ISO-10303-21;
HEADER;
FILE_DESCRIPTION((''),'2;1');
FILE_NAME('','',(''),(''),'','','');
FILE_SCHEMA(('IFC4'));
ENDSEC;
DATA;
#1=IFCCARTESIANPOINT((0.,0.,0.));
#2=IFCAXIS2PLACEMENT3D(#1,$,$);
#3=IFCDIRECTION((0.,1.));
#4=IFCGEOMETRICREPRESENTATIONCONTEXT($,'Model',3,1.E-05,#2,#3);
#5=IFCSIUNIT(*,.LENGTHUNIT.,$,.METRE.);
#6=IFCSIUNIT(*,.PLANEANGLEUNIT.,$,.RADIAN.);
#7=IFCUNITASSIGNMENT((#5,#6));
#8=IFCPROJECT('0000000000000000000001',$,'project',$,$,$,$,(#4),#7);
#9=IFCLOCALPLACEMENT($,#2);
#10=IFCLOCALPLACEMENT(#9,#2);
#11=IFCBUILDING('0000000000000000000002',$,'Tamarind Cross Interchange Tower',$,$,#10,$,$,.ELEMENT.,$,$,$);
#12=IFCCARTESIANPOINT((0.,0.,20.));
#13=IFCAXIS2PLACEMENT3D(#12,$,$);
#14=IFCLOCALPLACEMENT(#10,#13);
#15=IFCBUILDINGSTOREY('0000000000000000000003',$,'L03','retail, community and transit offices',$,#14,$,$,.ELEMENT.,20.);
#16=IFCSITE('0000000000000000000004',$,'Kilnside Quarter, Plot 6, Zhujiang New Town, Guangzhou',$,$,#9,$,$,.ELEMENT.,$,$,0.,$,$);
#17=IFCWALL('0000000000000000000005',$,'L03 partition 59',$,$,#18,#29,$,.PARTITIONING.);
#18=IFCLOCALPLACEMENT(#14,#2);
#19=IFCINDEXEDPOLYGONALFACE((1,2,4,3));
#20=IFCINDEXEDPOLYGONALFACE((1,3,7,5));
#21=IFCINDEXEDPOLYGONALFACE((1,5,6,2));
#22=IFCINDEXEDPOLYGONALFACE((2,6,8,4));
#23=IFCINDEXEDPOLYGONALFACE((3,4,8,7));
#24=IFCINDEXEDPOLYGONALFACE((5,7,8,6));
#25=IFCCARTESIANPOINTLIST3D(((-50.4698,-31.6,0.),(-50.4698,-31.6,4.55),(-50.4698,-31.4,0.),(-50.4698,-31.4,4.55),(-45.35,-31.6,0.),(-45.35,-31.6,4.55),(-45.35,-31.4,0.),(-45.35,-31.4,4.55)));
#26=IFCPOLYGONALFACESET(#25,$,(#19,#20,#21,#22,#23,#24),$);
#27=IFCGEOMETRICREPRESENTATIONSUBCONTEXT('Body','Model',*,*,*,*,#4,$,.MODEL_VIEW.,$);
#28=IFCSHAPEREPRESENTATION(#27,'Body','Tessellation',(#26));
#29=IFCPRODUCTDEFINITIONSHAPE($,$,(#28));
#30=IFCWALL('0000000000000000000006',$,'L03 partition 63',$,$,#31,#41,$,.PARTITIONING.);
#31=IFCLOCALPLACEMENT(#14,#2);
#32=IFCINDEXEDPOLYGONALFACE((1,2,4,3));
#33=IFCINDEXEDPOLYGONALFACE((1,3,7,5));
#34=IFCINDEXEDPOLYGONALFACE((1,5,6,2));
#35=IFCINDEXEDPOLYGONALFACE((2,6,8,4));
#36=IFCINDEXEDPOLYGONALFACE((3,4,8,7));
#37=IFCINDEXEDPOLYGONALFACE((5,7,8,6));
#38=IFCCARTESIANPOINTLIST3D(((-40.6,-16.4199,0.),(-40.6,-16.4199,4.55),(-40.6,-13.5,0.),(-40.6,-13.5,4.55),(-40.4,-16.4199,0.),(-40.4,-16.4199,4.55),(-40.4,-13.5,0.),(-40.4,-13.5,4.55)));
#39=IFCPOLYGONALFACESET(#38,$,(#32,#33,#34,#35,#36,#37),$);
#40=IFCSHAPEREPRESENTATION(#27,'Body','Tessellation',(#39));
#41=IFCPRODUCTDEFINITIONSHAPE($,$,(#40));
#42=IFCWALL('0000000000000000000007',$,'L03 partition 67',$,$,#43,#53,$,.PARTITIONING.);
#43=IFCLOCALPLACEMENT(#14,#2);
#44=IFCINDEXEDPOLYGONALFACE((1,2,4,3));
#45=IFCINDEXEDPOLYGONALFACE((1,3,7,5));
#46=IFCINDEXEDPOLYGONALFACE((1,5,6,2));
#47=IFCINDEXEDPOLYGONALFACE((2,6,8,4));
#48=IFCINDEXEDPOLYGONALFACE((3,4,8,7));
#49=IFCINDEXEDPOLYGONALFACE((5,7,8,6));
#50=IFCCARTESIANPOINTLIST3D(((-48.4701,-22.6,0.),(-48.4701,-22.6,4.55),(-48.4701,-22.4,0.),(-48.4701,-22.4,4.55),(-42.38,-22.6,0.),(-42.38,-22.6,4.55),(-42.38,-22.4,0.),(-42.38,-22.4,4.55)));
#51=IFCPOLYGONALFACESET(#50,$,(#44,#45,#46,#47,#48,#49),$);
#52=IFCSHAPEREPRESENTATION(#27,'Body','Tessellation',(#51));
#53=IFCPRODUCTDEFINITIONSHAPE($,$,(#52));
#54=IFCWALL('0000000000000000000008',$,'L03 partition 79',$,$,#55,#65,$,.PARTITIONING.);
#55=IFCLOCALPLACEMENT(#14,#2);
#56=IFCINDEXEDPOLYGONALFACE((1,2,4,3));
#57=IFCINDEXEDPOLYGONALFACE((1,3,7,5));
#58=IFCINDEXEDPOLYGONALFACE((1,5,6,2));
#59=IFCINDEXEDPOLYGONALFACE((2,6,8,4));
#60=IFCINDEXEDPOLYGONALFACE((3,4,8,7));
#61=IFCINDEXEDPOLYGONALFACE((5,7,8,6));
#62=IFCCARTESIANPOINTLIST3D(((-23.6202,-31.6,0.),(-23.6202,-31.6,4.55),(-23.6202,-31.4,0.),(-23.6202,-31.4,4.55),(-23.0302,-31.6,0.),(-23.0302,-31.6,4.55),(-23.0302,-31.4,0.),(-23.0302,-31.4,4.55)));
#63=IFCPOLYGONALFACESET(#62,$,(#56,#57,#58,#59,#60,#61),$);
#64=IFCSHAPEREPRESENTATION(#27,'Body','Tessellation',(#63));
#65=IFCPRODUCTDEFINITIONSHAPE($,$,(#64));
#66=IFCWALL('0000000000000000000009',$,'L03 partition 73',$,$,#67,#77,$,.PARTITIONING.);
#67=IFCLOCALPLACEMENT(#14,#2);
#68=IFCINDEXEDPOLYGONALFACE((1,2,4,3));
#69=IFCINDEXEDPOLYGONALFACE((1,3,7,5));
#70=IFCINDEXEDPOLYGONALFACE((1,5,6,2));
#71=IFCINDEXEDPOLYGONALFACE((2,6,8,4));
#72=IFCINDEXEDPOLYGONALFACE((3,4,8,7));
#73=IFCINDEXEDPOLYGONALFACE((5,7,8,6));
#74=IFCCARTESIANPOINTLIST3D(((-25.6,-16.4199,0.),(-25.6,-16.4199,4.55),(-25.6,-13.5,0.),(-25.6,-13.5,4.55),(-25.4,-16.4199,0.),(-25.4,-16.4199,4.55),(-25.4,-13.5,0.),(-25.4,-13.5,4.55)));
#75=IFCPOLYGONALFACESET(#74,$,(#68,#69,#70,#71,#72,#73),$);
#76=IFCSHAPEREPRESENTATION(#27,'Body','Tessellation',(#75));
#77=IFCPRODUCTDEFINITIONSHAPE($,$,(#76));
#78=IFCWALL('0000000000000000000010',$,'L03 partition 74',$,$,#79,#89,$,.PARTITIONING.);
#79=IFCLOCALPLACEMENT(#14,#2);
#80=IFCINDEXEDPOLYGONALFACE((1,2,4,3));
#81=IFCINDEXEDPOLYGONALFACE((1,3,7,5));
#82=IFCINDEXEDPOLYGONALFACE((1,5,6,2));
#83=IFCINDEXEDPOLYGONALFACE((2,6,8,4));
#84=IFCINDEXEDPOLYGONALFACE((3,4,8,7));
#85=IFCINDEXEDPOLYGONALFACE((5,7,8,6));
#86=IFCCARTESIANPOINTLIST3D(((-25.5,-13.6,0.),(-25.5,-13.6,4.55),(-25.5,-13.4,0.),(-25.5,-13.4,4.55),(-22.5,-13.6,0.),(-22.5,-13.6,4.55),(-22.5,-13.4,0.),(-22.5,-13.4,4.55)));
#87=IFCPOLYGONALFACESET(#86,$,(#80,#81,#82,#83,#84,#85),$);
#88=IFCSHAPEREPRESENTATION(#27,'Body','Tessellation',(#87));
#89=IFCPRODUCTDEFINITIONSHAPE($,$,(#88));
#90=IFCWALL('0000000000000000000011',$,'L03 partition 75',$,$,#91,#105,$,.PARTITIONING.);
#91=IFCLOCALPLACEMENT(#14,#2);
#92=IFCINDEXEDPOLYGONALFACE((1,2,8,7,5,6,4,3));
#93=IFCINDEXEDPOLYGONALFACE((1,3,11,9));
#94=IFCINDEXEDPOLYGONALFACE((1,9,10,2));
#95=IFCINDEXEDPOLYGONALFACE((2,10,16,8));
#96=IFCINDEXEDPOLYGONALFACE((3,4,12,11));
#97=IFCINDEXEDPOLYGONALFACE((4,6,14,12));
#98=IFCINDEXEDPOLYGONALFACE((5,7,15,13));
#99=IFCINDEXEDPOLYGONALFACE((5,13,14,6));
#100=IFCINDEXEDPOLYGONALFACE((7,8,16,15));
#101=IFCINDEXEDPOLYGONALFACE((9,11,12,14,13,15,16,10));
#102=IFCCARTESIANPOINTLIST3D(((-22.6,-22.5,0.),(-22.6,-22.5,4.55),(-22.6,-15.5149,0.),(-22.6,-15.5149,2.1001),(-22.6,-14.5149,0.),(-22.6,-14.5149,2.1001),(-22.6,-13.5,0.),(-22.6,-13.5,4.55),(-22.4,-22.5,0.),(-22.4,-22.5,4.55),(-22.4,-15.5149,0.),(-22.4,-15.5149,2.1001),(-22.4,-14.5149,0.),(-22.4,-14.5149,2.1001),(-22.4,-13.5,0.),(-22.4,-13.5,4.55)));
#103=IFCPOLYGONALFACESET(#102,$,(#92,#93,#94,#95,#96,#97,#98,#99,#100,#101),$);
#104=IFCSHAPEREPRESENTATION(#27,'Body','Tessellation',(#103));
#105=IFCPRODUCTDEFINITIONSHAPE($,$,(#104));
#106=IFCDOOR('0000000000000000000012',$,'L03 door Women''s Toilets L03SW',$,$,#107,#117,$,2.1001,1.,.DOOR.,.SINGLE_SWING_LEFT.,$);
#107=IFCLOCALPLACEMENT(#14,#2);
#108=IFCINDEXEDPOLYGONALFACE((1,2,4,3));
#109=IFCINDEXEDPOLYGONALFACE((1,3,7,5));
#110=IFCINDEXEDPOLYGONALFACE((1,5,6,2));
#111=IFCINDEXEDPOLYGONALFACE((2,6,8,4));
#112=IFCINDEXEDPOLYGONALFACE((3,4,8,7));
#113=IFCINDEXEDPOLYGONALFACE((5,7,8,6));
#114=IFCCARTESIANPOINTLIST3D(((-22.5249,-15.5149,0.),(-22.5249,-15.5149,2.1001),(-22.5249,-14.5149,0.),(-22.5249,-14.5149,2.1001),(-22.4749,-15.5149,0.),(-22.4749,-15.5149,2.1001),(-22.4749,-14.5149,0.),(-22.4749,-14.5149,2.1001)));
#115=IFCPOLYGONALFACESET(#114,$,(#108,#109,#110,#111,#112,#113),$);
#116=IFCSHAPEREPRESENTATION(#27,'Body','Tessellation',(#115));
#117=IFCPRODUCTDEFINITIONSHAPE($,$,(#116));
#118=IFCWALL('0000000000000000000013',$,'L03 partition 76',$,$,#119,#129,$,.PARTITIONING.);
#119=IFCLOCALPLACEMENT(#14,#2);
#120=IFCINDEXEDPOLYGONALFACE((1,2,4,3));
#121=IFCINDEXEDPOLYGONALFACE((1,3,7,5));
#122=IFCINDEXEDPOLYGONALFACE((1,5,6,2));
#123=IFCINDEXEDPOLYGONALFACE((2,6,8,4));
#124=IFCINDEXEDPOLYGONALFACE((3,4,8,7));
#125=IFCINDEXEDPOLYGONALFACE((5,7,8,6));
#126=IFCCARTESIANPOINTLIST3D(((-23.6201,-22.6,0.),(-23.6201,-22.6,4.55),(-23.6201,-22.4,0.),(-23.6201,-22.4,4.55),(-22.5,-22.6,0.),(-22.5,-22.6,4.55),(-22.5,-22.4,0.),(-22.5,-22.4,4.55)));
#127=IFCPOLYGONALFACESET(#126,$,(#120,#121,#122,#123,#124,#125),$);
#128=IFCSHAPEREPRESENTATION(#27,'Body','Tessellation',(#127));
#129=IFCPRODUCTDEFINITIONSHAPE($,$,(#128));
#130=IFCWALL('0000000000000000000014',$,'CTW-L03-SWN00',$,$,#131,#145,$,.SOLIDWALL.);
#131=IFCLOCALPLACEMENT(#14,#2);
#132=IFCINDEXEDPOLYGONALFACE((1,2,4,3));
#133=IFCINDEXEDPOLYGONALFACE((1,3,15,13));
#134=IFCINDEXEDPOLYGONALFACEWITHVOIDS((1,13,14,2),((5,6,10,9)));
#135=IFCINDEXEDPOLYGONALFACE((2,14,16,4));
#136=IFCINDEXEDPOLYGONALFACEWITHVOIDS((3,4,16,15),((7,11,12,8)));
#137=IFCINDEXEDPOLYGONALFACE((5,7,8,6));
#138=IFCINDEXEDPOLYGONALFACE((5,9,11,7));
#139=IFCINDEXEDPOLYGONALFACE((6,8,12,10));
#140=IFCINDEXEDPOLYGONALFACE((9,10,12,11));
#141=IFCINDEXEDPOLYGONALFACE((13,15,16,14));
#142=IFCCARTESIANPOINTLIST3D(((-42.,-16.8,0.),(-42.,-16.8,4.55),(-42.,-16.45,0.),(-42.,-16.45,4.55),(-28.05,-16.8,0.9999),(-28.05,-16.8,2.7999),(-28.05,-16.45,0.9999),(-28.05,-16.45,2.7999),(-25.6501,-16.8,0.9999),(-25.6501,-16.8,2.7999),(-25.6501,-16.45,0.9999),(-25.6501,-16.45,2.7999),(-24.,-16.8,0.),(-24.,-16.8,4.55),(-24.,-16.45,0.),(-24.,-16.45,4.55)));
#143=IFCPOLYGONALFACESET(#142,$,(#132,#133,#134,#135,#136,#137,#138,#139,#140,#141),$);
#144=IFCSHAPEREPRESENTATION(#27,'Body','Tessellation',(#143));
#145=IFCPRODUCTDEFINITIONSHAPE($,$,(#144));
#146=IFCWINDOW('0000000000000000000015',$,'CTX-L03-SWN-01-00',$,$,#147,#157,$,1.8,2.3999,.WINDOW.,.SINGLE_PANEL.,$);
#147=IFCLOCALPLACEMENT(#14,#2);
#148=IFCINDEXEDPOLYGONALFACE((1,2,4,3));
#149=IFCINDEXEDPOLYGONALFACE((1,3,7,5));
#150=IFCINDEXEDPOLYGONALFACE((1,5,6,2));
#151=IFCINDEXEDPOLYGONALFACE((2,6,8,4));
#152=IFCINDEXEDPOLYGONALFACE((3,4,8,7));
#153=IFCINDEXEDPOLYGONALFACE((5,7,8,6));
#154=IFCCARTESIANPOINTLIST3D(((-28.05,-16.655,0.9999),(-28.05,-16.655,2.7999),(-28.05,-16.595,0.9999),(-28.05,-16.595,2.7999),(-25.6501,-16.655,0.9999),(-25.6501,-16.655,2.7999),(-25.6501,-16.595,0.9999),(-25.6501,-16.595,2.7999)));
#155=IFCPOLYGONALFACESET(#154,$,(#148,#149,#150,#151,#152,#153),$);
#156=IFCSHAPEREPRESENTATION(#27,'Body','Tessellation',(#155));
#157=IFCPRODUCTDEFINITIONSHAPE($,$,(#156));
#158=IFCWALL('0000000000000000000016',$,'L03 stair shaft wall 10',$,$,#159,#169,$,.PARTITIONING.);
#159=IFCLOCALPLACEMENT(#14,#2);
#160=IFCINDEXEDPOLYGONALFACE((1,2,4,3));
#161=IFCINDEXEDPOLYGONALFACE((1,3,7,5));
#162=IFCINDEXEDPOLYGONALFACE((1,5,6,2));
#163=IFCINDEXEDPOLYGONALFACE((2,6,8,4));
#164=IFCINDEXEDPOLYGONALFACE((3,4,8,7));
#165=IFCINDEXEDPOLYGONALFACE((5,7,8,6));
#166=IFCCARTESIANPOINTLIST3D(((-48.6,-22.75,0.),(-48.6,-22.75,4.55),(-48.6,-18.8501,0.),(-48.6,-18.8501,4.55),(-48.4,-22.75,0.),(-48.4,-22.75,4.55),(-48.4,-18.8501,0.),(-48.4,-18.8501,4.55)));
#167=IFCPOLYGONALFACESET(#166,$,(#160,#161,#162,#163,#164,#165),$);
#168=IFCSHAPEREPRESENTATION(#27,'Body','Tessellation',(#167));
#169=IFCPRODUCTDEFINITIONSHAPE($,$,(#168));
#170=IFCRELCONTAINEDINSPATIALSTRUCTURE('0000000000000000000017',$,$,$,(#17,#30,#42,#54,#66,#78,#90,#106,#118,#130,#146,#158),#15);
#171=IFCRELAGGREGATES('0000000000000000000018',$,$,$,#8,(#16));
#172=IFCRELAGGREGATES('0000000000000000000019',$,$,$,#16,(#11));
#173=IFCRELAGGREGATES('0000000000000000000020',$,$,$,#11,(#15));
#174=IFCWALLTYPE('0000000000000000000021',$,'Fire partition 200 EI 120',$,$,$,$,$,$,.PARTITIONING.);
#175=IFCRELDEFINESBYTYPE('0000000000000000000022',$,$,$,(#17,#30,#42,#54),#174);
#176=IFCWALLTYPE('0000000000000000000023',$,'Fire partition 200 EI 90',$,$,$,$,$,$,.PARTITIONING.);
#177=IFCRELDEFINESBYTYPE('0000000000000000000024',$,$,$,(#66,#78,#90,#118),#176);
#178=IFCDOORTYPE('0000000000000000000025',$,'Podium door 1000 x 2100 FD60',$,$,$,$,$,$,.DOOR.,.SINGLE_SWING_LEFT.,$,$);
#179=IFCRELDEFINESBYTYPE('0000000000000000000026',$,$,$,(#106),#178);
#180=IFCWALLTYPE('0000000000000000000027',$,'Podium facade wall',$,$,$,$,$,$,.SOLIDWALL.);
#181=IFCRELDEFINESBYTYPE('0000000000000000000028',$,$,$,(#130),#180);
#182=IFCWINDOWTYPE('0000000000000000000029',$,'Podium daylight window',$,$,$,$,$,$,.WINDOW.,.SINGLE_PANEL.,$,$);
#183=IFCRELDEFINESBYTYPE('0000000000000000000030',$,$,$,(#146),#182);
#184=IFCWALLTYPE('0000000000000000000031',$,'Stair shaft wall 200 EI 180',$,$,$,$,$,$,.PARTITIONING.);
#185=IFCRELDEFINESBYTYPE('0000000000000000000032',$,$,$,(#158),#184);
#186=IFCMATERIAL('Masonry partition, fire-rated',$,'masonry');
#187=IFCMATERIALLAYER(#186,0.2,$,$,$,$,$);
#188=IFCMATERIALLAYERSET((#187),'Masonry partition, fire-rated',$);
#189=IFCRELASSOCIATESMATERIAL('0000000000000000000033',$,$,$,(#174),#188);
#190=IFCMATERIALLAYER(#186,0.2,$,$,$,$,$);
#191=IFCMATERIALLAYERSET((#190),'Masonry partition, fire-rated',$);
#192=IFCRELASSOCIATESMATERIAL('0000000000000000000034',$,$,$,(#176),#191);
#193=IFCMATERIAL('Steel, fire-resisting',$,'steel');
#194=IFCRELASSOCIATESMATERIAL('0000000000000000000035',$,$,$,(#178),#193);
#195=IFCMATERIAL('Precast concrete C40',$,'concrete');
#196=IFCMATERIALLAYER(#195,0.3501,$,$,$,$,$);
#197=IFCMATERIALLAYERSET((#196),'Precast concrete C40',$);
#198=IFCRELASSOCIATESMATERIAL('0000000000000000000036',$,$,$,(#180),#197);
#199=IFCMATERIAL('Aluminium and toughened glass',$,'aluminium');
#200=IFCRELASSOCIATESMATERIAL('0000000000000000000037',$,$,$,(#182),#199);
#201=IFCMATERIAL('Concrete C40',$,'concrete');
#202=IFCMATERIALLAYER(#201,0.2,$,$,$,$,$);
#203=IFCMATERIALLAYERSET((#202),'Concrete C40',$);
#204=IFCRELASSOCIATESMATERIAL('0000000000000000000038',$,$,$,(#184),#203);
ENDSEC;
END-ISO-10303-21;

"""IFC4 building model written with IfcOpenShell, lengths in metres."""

from ifc_helpers import new_model, si_unit, direction, frame, frame_2d, origin, place, context, subcontext, project, spatial, rectangle, extrude, material, layer, layer_set, type_object, element, fill, save


model = new_model("IFC4")

# Units and contexts
model_context = context("Model", 3, precision=1e-05, world=origin(), true_north=direction((0.0, 1.0)))
body_context = subcontext(model_context, "Body", "Model", "MODEL_VIEW")
ifc_project = project(units=[si_unit("LENGTHUNIT", "METRE"), si_unit("PLANEANGLEUNIT", "RADIAN")], contexts=[model_context])

# Site, building, storey
site_placement = place(None, origin())
site = spatial("IfcSite", under=ifc_project, at=site_placement, Name="Kilnside Quarter, Plot 6, Zhujiang New Town, Guangzhou", CompositionType="ELEMENT", RefElevation=0.0)
building_placement = place(site_placement, origin())
building = spatial("IfcBuilding", under=site, at=building_placement, Name="Tamarind Cross Interchange Tower", CompositionType="ELEMENT")
storey_placement = place(building_placement, frame((0.0, 0.0, 20.0)))
storey = spatial("IfcBuildingStorey", under=building, at=storey_placement, Name="L03", Description="retail, community and transit offices", CompositionType="ELEMENT", Elevation=20.0)

# Walls
ifc_material_1 = material(Name="Masonry partition, fire-rated", Category="masonry")
ifc_layer_1 = layer(ifc_material_1, 0.2)
ifc_layer_set_1 = layer_set([ifc_layer_1], Name="Masonry partition, fire-rated")
wall_type_1 = type_object("IfcWallType", Name="Fire partition 200 EI 120", PredefinedType="PARTITIONING", material=ifc_layer_set_1)
wall_1_placement = place(storey_placement, frame((-50.47, -31.5, 0.0), z_axis=(0.0, 0.0, 1.0), x_axis=(1.0, 0.0, 0.0)))
element("IfcWall", 1, at=wall_1_placement, inside=storey, type_object=wall_type_1, Name="L03 partition 59", PredefinedType="PARTITIONING", context=body_context, shape_type="SweptSolid", body=[
    extrude(rectangle(XDim=5.1199, YDim=0.2, at=frame_2d((2.5601, 0.0))), origin(), (0.0, 0.0, 1.0), 4.55),
])
wall_2_placement = place(storey_placement, frame((-40.5, -16.4199, 0.0), z_axis=(0.0, 0.0, 1.0), x_axis=(0.0, 1.0, 0.0)))
element("IfcWall", 2, at=wall_2_placement, inside=storey, type_object=wall_type_1, Name="L03 partition 63", PredefinedType="PARTITIONING", context=body_context, shape_type="SweptSolid", body=[
    extrude(rectangle(XDim=2.9199, YDim=0.2, at=frame_2d((1.46, 0.0))), origin(), (0.0, 0.0, 1.0), 4.55),
])
wall_3_placement = place(storey_placement, frame((-48.47, -22.5, 0.0), z_axis=(0.0, 0.0, 1.0), x_axis=(1.0, 0.0, 0.0)))
element("IfcWall", 3, at=wall_3_placement, inside=storey, type_object=wall_type_1, Name="L03 partition 67", PredefinedType="PARTITIONING", context=body_context, shape_type="SweptSolid", body=[
    extrude(rectangle(XDim=6.0901, YDim=0.2, at=frame_2d((3.0449, 0.0))), origin(), (0.0, 0.0, 1.0), 4.55),
])
wall_4_placement = place(storey_placement, frame((-23.6201, -31.5, 0.0), z_axis=(0.0, 0.0, 1.0), x_axis=(1.0, 0.0, 0.0)))
element("IfcWall", 4, at=wall_4_placement, inside=storey, type_object=wall_type_1, Name="L03 partition 79", PredefinedType="PARTITIONING", context=body_context, shape_type="SweptSolid", body=[
    extrude(rectangle(XDim=0.5901, YDim=0.2, at=frame_2d((0.2949, 0.0))), origin(), (0.0, 0.0, 1.0), 4.55),
])
ifc_layer_2 = layer(ifc_material_1, 0.2)
ifc_layer_set_2 = layer_set([ifc_layer_2], Name="Masonry partition, fire-rated")
wall_type_2 = type_object("IfcWallType", Name="Fire partition 200 EI 90", PredefinedType="PARTITIONING", material=ifc_layer_set_2)
wall_5_placement = place(storey_placement, frame((-25.5, -16.4199, 0.0), z_axis=(0.0, 0.0, 1.0), x_axis=(0.0, 1.0, 0.0)))
element("IfcWall", 5, at=wall_5_placement, inside=storey, type_object=wall_type_2, Name="L03 partition 73", PredefinedType="PARTITIONING", context=body_context, shape_type="SweptSolid", body=[
    extrude(rectangle(XDim=2.9199, YDim=0.2, at=frame_2d((1.46, 0.0))), origin(), (0.0, 0.0, 1.0), 4.55),
])
wall_6_placement = place(storey_placement, frame((-25.5, -13.5, 0.0), z_axis=(0.0, 0.0, 1.0), x_axis=(1.0, 0.0, 0.0)))
element("IfcWall", 6, at=wall_6_placement, inside=storey, type_object=wall_type_2, Name="L03 partition 74", PredefinedType="PARTITIONING", context=body_context, shape_type="SweptSolid", body=[
    extrude(rectangle(XDim=3.0, YDim=0.2, at=frame_2d((1.5, 0.0))), origin(), (0.0, 0.0, 1.0), 4.55),
])

# Wall, opening, door
wall_7_placement = place(storey_placement, frame((-22.5, -22.5, 0.0), z_axis=(0.0, 0.0, 1.0), x_axis=(0.0, 1.0, 0.0)))
wall_7 = element("IfcWall", 7, at=wall_7_placement, inside=storey, type_object=wall_type_2, Name="L03 partition 75", PredefinedType="PARTITIONING", context=body_context, shape_type="SweptSolid", body=[
    extrude(rectangle(XDim=9.0, YDim=0.2, at=frame_2d((4.5, 0.0))), origin(), (0.0, 0.0, 1.0), 4.55),
])
opening_1_placement = place(wall_7_placement, frame((6.9851, 0.0, 0.0)))
opening_1 = element("IfcOpeningElement", 8, at=opening_1_placement, cuts=wall_7, PredefinedType="OPENING", context=body_context, shape_type="SweptSolid", body=[
    extrude(rectangle(XDim=1.0, YDim=2.1001, at=frame_2d((0.5, 1.05))), frame((0.0, 0.1099, 0.0), z_axis=(0.0, -1.0, 0.0), x_axis=(1.0, 0.0, 0.0)), (0.0, 0.0, 1.0), 0.22),
])
ifc_material_2 = material(Name="Steel, fire-resisting", Category="steel")
door_type_1 = type_object("IfcDoorType", Name="Podium door 1000 x 2100 FD60", OperationType="SINGLE_SWING_LEFT", PredefinedType="DOOR", material=ifc_material_2)
door_1_placement = place(opening_1_placement, origin())
door_1 = element("IfcDoor", 9, at=door_1_placement, inside=storey, type_object=door_type_1, Name="L03 door Women's Toilets L03SW", OperationType="SINGLE_SWING_LEFT", OverallHeight=2.1001, OverallWidth=1.0, PredefinedType="DOOR", context=body_context, shape_type="SweptSolid", body=[
    extrude(rectangle(XDim=1.0, YDim=2.1001, at=frame_2d((0.5, 1.05))), frame((0.0, 0.0249, 0.0), z_axis=(0.0, -1.0, 0.0), x_axis=(1.0, 0.0, 0.0)), (0.0, 0.0, 1.0), 0.05),
])
fill(opening_1, door_1)

# Wall
wall_8_placement = place(storey_placement, frame((-23.6201, -22.5, 0.0), z_axis=(0.0, 0.0, 1.0), x_axis=(1.0, 0.0, 0.0)))
element("IfcWall", 10, at=wall_8_placement, inside=storey, type_object=wall_type_2, Name="L03 partition 76", PredefinedType="PARTITIONING", context=body_context, shape_type="SweptSolid", body=[
    extrude(rectangle(XDim=1.1201, YDim=0.2, at=frame_2d((0.5601, 0.0))), origin(), (0.0, 0.0, 1.0), 4.55),
])

# Wall, opening, window
ifc_material_3 = material(Name="Precast concrete C40", Category="concrete")
ifc_layer_3 = layer(ifc_material_3, 0.3501)
ifc_layer_set_3 = layer_set([ifc_layer_3], Name="Precast concrete C40")
wall_type_3 = type_object("IfcWallType", Name="Podium facade wall", PredefinedType="SOLIDWALL", material=ifc_layer_set_3)
wall_9_placement = place(storey_placement, frame((-42.0, -16.625, 0.0), z_axis=(0.0, 0.0, 1.0), x_axis=(1.0, 0.0, 0.0)))
wall_9 = element("IfcWall", 11, at=wall_9_placement, inside=storey, type_object=wall_type_3, Name="CTW-L03-SWN00", PredefinedType="SOLIDWALL", context=body_context, shape_type="SweptSolid", body=[
    extrude(rectangle(XDim=18.0, YDim=0.3501, at=frame_2d((9.0, 0.0))), origin(), (0.0, 0.0, 1.0), 4.55),
])
opening_2_placement = place(wall_9_placement, frame((13.95, 0.0, 1.0)))
opening_2 = element("IfcOpeningElement", 12, at=opening_2_placement, cuts=wall_9, PredefinedType="OPENING", context=body_context, shape_type="SweptSolid", body=[
    extrude(rectangle(XDim=2.3999, YDim=1.8, at=frame_2d((1.2, 0.8999))), frame((0.0, 0.1851, 0.0), z_axis=(0.0, -1.0, 0.0), x_axis=(1.0, 0.0, 0.0)), (0.0, 0.0, 1.0), 0.3701),
])
ifc_material_4 = material(Name="Aluminium and toughened glass", Category="aluminium")
window_type = type_object("IfcWindowType", Name="Podium daylight window", PartitioningType="SINGLE_PANEL", PredefinedType="WINDOW", material=ifc_material_4)
window_placement = place(opening_2_placement, origin())
window = element("IfcWindow", 13, at=window_placement, inside=storey, type_object=window_type, Name="CTX-L03-SWN-01-00", OverallHeight=1.8, OverallWidth=2.3999, PartitioningType="SINGLE_PANEL", PredefinedType="WINDOW", context=body_context, shape_type="SweptSolid", body=[
    extrude(rectangle(XDim=2.3999, YDim=1.8, at=frame_2d((1.2, 0.8999))), frame((0.0, 0.03, 0.0), z_axis=(0.0, -1.0, 0.0), x_axis=(1.0, 0.0, 0.0)), (0.0, 0.0, 1.0), 0.0601),
])
fill(opening_2, window)

# Wall
ifc_material_5 = material(Name="Concrete C40", Category="concrete")
ifc_layer_4 = layer(ifc_material_5, 0.2)
ifc_layer_set_4 = layer_set([ifc_layer_4], Name="Concrete C40")
wall_type_4 = type_object("IfcWallType", Name="Stair shaft wall 200 EI 180", PredefinedType="PARTITIONING", material=ifc_layer_set_4)
wall_10_placement = place(storey_placement, frame((-48.5, -22.75, 0.0), z_axis=(0.0, 0.0, 1.0), x_axis=(0.0, 1.0, 0.0)))
element("IfcWall", 14, at=wall_10_placement, inside=storey, type_object=wall_type_4, Name="L03 stair shaft wall 10", PredefinedType="PARTITIONING", context=body_context, shape_type="SweptSolid", body=[
    extrude(rectangle(XDim=3.8999, YDim=0.2, at=frame_2d((1.95, 0.0))), origin(), (0.0, 0.0, 1.0), 4.55),
])

save(model, "model.ifc")
